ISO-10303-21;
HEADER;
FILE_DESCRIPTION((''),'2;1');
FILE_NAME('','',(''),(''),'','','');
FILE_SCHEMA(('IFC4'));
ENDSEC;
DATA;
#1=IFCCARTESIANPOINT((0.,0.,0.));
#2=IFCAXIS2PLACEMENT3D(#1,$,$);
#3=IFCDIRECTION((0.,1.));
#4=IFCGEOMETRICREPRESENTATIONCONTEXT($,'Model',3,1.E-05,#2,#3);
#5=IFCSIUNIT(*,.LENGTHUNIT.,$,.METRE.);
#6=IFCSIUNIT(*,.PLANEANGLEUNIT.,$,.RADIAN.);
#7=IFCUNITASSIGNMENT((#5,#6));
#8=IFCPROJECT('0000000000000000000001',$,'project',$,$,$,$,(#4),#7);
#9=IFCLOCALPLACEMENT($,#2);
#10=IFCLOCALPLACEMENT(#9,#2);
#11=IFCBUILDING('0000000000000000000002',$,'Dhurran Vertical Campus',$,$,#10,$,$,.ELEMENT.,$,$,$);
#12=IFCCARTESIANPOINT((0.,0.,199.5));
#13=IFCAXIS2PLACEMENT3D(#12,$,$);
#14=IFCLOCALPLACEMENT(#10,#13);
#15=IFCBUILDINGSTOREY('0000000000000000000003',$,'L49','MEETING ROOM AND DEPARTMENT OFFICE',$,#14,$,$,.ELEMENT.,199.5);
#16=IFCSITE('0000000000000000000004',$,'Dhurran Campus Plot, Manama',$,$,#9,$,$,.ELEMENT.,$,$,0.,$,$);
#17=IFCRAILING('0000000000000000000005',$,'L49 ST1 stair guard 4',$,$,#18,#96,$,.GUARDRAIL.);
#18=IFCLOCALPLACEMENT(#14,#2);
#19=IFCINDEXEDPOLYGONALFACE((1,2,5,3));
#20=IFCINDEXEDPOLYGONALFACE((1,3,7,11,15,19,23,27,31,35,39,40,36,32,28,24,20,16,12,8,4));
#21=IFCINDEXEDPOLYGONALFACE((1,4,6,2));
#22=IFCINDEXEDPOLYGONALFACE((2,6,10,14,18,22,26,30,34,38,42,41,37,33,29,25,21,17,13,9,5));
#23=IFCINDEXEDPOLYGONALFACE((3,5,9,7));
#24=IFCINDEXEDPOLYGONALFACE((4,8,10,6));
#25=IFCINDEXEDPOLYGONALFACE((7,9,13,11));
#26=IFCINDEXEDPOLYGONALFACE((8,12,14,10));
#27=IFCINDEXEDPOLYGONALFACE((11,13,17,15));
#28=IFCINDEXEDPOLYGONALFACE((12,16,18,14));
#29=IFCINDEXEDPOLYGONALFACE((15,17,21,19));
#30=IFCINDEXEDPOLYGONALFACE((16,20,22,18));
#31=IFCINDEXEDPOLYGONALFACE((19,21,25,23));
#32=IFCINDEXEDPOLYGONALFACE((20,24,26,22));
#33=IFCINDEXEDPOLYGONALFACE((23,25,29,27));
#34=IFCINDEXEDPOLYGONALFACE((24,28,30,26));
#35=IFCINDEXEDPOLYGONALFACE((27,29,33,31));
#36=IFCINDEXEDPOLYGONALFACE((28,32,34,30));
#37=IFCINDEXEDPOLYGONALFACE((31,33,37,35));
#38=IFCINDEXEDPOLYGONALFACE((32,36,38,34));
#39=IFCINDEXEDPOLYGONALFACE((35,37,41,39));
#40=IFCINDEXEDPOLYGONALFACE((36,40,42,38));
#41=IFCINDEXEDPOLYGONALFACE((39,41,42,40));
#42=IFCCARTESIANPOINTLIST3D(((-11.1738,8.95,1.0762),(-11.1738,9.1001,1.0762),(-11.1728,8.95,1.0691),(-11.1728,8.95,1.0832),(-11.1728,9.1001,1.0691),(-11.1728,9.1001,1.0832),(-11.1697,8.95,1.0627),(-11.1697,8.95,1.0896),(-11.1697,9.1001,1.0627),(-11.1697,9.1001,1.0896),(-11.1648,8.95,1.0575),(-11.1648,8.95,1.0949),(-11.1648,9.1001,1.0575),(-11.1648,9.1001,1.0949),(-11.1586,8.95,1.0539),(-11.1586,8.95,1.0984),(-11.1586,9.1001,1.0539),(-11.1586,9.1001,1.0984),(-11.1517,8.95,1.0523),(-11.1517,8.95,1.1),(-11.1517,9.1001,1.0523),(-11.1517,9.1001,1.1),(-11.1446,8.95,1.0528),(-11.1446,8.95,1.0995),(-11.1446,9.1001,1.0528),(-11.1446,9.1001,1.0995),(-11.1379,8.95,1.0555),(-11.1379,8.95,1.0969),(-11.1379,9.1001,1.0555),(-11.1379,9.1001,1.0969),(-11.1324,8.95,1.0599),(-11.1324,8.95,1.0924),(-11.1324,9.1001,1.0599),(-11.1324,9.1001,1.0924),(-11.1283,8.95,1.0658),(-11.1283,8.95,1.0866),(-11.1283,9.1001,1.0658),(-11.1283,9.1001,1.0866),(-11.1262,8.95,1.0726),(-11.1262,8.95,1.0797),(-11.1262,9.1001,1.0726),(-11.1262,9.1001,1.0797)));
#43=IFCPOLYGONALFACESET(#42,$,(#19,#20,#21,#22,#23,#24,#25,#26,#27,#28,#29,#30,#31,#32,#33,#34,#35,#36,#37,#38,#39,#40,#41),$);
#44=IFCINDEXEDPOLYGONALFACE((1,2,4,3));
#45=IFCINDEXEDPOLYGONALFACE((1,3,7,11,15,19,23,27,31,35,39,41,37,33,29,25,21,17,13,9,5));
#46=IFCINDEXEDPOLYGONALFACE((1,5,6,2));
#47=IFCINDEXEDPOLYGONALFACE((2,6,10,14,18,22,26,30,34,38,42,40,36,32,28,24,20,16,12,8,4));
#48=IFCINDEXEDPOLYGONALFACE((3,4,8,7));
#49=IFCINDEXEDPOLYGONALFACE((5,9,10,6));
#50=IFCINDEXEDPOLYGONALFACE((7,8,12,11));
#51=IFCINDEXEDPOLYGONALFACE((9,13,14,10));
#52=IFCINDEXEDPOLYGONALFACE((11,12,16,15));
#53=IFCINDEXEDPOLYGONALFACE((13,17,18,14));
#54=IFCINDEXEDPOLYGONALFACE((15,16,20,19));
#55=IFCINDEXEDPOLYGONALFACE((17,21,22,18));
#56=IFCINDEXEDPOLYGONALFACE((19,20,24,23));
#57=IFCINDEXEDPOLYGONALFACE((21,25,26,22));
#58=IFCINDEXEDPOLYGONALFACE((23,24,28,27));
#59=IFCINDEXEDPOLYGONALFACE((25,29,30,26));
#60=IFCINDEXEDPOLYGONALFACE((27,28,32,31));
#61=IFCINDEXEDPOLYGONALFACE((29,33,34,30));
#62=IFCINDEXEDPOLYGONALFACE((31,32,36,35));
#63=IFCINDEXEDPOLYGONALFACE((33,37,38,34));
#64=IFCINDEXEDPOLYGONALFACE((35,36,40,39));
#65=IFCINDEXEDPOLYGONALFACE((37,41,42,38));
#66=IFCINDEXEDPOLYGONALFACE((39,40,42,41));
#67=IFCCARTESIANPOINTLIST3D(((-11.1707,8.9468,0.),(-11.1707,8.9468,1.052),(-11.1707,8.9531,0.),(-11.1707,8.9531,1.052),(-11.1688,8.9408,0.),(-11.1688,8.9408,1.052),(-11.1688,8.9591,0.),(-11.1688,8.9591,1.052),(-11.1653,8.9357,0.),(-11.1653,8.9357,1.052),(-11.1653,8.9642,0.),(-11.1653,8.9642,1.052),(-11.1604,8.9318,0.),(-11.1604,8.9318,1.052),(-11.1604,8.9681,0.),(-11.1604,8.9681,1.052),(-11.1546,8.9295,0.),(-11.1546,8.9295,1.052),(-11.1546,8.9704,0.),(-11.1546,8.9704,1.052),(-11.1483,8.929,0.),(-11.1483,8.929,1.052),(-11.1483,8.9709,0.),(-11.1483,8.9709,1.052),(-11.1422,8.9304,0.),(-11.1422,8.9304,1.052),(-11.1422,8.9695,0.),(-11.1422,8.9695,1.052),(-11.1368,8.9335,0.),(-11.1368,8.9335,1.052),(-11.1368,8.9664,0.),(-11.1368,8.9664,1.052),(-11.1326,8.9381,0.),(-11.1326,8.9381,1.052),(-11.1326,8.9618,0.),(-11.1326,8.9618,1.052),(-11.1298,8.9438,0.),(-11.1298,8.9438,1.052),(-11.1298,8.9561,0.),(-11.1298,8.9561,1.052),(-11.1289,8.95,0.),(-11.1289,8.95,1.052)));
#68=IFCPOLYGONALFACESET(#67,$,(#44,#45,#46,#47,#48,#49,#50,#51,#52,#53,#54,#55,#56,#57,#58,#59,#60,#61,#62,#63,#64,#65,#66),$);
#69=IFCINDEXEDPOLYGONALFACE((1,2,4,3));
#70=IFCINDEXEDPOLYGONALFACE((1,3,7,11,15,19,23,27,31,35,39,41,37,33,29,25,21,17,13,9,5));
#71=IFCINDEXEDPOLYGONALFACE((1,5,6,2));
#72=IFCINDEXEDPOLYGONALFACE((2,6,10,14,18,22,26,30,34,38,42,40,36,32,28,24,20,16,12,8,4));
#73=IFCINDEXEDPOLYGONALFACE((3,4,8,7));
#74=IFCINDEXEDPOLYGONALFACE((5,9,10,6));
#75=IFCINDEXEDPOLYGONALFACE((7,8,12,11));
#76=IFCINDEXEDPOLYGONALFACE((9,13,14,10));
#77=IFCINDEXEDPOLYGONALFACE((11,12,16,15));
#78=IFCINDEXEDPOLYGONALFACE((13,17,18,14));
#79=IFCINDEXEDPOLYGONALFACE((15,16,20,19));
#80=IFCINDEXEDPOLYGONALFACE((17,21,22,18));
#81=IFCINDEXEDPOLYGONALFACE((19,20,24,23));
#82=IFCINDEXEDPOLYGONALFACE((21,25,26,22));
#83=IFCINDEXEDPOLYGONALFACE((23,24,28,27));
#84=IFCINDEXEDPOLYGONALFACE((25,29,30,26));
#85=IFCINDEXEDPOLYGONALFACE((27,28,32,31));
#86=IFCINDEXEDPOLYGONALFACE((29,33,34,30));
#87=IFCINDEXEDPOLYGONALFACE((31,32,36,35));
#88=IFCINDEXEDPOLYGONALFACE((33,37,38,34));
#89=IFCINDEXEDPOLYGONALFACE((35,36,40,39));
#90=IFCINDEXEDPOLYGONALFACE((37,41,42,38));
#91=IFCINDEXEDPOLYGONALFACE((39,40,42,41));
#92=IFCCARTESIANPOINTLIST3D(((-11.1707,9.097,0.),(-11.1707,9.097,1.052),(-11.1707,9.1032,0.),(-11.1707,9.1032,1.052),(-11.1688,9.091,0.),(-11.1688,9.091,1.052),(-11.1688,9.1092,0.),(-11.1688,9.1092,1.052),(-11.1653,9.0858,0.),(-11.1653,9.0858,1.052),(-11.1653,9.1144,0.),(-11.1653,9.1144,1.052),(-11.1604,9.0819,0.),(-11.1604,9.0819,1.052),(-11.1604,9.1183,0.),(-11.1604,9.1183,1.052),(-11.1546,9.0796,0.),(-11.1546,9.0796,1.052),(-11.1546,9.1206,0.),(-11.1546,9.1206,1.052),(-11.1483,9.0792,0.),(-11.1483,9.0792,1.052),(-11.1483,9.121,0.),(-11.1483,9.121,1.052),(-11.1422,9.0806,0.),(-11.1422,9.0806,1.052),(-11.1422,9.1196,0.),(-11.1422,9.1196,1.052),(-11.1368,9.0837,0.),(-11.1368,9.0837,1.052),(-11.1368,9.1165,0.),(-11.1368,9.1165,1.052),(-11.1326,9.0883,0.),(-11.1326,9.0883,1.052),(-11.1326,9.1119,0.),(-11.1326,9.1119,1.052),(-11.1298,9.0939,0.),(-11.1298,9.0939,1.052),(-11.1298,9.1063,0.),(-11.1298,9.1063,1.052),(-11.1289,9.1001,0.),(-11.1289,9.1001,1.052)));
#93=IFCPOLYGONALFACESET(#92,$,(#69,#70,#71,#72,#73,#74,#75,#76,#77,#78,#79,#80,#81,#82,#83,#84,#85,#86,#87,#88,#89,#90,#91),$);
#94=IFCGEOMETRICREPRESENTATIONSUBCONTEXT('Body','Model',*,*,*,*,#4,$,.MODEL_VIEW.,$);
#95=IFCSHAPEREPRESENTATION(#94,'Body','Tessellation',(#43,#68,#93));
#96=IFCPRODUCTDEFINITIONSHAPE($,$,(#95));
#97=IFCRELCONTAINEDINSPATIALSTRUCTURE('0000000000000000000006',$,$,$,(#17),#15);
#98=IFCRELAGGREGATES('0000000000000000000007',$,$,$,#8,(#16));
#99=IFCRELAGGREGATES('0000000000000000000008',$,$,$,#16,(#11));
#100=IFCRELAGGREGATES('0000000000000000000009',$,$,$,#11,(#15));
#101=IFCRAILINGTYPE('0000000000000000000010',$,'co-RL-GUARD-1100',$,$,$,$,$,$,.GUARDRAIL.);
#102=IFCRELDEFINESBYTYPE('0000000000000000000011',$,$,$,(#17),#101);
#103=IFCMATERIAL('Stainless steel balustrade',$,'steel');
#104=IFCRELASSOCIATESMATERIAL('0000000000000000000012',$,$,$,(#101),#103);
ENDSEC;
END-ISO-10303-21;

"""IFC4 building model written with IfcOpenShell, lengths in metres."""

from ifc_helpers import new_model, si_unit, direction, frame, origin, origin_2d, place, context, subcontext, project, spatial, circle, extrude, material, type_object, element, save


model = new_model("IFC4")

# Units and contexts
model_context = context("Model", 3, precision=1e-05, world=origin(), true_north=direction((0.0, 1.0)))
body_context = subcontext(model_context, "Body", "Model", "MODEL_VIEW")
ifc_project = project(units=[si_unit("LENGTHUNIT", "METRE"), si_unit("PLANEANGLEUNIT", "RADIAN")], contexts=[model_context])

# Site, building, storey
site_placement = place(None, origin())
site = spatial("IfcSite", under=ifc_project, at=site_placement, Name="Dhurran Campus Plot, Manama", CompositionType="ELEMENT", RefElevation=0.0)
building_placement = place(site_placement, origin())
building = spatial("IfcBuilding", under=site, at=building_placement, Name="Dhurran Vertical Campus", CompositionType="ELEMENT")
storey_placement = place(building_placement, frame((0.0, 0.0, 199.5)))
storey = spatial("IfcBuildingStorey", under=building, at=storey_placement, Name="L49", Description="MEETING ROOM AND DEPARTMENT OFFICE", CompositionType="ELEMENT", Elevation=199.5)

# Railing
ifc_material_1 = material(Name="Stainless steel balustrade", Category="steel")
railing_type_1 = type_object("IfcRailingType", Name="co-RL-GUARD-1100", PredefinedType="GUARDRAIL", material=ifc_material_1)
railing_1_placement = place(storey_placement, frame((-11.1499, 8.95, 0.0)))
element("IfcRailing", 1, at=railing_1_placement, inside=storey, type_object=railing_type_1, Name="L49 ST1 stair guard 4", PredefinedType="GUARDRAIL", context=body_context, shape_type="SweptSolid", body=[
    extrude(circle(Radius=0.0239, at=origin_2d()), frame((0.0, 0.0, 1.0762), z_axis=(0.0, 1.0, 0.0), x_axis=(-1.0, 0.0, 0.0)), (0.0, 0.0, 1.0), 0.1501),
    extrude(circle(Radius=0.021, at=origin_2d()), origin(), (0.0, 0.0, 1.0), 1.052),
    extrude(circle(Radius=0.021, at=origin_2d()), frame((0.0, 0.1501, 0.0)), (0.0, 0.0, 1.0), 1.052),
])

save(model, "model.ifc")
